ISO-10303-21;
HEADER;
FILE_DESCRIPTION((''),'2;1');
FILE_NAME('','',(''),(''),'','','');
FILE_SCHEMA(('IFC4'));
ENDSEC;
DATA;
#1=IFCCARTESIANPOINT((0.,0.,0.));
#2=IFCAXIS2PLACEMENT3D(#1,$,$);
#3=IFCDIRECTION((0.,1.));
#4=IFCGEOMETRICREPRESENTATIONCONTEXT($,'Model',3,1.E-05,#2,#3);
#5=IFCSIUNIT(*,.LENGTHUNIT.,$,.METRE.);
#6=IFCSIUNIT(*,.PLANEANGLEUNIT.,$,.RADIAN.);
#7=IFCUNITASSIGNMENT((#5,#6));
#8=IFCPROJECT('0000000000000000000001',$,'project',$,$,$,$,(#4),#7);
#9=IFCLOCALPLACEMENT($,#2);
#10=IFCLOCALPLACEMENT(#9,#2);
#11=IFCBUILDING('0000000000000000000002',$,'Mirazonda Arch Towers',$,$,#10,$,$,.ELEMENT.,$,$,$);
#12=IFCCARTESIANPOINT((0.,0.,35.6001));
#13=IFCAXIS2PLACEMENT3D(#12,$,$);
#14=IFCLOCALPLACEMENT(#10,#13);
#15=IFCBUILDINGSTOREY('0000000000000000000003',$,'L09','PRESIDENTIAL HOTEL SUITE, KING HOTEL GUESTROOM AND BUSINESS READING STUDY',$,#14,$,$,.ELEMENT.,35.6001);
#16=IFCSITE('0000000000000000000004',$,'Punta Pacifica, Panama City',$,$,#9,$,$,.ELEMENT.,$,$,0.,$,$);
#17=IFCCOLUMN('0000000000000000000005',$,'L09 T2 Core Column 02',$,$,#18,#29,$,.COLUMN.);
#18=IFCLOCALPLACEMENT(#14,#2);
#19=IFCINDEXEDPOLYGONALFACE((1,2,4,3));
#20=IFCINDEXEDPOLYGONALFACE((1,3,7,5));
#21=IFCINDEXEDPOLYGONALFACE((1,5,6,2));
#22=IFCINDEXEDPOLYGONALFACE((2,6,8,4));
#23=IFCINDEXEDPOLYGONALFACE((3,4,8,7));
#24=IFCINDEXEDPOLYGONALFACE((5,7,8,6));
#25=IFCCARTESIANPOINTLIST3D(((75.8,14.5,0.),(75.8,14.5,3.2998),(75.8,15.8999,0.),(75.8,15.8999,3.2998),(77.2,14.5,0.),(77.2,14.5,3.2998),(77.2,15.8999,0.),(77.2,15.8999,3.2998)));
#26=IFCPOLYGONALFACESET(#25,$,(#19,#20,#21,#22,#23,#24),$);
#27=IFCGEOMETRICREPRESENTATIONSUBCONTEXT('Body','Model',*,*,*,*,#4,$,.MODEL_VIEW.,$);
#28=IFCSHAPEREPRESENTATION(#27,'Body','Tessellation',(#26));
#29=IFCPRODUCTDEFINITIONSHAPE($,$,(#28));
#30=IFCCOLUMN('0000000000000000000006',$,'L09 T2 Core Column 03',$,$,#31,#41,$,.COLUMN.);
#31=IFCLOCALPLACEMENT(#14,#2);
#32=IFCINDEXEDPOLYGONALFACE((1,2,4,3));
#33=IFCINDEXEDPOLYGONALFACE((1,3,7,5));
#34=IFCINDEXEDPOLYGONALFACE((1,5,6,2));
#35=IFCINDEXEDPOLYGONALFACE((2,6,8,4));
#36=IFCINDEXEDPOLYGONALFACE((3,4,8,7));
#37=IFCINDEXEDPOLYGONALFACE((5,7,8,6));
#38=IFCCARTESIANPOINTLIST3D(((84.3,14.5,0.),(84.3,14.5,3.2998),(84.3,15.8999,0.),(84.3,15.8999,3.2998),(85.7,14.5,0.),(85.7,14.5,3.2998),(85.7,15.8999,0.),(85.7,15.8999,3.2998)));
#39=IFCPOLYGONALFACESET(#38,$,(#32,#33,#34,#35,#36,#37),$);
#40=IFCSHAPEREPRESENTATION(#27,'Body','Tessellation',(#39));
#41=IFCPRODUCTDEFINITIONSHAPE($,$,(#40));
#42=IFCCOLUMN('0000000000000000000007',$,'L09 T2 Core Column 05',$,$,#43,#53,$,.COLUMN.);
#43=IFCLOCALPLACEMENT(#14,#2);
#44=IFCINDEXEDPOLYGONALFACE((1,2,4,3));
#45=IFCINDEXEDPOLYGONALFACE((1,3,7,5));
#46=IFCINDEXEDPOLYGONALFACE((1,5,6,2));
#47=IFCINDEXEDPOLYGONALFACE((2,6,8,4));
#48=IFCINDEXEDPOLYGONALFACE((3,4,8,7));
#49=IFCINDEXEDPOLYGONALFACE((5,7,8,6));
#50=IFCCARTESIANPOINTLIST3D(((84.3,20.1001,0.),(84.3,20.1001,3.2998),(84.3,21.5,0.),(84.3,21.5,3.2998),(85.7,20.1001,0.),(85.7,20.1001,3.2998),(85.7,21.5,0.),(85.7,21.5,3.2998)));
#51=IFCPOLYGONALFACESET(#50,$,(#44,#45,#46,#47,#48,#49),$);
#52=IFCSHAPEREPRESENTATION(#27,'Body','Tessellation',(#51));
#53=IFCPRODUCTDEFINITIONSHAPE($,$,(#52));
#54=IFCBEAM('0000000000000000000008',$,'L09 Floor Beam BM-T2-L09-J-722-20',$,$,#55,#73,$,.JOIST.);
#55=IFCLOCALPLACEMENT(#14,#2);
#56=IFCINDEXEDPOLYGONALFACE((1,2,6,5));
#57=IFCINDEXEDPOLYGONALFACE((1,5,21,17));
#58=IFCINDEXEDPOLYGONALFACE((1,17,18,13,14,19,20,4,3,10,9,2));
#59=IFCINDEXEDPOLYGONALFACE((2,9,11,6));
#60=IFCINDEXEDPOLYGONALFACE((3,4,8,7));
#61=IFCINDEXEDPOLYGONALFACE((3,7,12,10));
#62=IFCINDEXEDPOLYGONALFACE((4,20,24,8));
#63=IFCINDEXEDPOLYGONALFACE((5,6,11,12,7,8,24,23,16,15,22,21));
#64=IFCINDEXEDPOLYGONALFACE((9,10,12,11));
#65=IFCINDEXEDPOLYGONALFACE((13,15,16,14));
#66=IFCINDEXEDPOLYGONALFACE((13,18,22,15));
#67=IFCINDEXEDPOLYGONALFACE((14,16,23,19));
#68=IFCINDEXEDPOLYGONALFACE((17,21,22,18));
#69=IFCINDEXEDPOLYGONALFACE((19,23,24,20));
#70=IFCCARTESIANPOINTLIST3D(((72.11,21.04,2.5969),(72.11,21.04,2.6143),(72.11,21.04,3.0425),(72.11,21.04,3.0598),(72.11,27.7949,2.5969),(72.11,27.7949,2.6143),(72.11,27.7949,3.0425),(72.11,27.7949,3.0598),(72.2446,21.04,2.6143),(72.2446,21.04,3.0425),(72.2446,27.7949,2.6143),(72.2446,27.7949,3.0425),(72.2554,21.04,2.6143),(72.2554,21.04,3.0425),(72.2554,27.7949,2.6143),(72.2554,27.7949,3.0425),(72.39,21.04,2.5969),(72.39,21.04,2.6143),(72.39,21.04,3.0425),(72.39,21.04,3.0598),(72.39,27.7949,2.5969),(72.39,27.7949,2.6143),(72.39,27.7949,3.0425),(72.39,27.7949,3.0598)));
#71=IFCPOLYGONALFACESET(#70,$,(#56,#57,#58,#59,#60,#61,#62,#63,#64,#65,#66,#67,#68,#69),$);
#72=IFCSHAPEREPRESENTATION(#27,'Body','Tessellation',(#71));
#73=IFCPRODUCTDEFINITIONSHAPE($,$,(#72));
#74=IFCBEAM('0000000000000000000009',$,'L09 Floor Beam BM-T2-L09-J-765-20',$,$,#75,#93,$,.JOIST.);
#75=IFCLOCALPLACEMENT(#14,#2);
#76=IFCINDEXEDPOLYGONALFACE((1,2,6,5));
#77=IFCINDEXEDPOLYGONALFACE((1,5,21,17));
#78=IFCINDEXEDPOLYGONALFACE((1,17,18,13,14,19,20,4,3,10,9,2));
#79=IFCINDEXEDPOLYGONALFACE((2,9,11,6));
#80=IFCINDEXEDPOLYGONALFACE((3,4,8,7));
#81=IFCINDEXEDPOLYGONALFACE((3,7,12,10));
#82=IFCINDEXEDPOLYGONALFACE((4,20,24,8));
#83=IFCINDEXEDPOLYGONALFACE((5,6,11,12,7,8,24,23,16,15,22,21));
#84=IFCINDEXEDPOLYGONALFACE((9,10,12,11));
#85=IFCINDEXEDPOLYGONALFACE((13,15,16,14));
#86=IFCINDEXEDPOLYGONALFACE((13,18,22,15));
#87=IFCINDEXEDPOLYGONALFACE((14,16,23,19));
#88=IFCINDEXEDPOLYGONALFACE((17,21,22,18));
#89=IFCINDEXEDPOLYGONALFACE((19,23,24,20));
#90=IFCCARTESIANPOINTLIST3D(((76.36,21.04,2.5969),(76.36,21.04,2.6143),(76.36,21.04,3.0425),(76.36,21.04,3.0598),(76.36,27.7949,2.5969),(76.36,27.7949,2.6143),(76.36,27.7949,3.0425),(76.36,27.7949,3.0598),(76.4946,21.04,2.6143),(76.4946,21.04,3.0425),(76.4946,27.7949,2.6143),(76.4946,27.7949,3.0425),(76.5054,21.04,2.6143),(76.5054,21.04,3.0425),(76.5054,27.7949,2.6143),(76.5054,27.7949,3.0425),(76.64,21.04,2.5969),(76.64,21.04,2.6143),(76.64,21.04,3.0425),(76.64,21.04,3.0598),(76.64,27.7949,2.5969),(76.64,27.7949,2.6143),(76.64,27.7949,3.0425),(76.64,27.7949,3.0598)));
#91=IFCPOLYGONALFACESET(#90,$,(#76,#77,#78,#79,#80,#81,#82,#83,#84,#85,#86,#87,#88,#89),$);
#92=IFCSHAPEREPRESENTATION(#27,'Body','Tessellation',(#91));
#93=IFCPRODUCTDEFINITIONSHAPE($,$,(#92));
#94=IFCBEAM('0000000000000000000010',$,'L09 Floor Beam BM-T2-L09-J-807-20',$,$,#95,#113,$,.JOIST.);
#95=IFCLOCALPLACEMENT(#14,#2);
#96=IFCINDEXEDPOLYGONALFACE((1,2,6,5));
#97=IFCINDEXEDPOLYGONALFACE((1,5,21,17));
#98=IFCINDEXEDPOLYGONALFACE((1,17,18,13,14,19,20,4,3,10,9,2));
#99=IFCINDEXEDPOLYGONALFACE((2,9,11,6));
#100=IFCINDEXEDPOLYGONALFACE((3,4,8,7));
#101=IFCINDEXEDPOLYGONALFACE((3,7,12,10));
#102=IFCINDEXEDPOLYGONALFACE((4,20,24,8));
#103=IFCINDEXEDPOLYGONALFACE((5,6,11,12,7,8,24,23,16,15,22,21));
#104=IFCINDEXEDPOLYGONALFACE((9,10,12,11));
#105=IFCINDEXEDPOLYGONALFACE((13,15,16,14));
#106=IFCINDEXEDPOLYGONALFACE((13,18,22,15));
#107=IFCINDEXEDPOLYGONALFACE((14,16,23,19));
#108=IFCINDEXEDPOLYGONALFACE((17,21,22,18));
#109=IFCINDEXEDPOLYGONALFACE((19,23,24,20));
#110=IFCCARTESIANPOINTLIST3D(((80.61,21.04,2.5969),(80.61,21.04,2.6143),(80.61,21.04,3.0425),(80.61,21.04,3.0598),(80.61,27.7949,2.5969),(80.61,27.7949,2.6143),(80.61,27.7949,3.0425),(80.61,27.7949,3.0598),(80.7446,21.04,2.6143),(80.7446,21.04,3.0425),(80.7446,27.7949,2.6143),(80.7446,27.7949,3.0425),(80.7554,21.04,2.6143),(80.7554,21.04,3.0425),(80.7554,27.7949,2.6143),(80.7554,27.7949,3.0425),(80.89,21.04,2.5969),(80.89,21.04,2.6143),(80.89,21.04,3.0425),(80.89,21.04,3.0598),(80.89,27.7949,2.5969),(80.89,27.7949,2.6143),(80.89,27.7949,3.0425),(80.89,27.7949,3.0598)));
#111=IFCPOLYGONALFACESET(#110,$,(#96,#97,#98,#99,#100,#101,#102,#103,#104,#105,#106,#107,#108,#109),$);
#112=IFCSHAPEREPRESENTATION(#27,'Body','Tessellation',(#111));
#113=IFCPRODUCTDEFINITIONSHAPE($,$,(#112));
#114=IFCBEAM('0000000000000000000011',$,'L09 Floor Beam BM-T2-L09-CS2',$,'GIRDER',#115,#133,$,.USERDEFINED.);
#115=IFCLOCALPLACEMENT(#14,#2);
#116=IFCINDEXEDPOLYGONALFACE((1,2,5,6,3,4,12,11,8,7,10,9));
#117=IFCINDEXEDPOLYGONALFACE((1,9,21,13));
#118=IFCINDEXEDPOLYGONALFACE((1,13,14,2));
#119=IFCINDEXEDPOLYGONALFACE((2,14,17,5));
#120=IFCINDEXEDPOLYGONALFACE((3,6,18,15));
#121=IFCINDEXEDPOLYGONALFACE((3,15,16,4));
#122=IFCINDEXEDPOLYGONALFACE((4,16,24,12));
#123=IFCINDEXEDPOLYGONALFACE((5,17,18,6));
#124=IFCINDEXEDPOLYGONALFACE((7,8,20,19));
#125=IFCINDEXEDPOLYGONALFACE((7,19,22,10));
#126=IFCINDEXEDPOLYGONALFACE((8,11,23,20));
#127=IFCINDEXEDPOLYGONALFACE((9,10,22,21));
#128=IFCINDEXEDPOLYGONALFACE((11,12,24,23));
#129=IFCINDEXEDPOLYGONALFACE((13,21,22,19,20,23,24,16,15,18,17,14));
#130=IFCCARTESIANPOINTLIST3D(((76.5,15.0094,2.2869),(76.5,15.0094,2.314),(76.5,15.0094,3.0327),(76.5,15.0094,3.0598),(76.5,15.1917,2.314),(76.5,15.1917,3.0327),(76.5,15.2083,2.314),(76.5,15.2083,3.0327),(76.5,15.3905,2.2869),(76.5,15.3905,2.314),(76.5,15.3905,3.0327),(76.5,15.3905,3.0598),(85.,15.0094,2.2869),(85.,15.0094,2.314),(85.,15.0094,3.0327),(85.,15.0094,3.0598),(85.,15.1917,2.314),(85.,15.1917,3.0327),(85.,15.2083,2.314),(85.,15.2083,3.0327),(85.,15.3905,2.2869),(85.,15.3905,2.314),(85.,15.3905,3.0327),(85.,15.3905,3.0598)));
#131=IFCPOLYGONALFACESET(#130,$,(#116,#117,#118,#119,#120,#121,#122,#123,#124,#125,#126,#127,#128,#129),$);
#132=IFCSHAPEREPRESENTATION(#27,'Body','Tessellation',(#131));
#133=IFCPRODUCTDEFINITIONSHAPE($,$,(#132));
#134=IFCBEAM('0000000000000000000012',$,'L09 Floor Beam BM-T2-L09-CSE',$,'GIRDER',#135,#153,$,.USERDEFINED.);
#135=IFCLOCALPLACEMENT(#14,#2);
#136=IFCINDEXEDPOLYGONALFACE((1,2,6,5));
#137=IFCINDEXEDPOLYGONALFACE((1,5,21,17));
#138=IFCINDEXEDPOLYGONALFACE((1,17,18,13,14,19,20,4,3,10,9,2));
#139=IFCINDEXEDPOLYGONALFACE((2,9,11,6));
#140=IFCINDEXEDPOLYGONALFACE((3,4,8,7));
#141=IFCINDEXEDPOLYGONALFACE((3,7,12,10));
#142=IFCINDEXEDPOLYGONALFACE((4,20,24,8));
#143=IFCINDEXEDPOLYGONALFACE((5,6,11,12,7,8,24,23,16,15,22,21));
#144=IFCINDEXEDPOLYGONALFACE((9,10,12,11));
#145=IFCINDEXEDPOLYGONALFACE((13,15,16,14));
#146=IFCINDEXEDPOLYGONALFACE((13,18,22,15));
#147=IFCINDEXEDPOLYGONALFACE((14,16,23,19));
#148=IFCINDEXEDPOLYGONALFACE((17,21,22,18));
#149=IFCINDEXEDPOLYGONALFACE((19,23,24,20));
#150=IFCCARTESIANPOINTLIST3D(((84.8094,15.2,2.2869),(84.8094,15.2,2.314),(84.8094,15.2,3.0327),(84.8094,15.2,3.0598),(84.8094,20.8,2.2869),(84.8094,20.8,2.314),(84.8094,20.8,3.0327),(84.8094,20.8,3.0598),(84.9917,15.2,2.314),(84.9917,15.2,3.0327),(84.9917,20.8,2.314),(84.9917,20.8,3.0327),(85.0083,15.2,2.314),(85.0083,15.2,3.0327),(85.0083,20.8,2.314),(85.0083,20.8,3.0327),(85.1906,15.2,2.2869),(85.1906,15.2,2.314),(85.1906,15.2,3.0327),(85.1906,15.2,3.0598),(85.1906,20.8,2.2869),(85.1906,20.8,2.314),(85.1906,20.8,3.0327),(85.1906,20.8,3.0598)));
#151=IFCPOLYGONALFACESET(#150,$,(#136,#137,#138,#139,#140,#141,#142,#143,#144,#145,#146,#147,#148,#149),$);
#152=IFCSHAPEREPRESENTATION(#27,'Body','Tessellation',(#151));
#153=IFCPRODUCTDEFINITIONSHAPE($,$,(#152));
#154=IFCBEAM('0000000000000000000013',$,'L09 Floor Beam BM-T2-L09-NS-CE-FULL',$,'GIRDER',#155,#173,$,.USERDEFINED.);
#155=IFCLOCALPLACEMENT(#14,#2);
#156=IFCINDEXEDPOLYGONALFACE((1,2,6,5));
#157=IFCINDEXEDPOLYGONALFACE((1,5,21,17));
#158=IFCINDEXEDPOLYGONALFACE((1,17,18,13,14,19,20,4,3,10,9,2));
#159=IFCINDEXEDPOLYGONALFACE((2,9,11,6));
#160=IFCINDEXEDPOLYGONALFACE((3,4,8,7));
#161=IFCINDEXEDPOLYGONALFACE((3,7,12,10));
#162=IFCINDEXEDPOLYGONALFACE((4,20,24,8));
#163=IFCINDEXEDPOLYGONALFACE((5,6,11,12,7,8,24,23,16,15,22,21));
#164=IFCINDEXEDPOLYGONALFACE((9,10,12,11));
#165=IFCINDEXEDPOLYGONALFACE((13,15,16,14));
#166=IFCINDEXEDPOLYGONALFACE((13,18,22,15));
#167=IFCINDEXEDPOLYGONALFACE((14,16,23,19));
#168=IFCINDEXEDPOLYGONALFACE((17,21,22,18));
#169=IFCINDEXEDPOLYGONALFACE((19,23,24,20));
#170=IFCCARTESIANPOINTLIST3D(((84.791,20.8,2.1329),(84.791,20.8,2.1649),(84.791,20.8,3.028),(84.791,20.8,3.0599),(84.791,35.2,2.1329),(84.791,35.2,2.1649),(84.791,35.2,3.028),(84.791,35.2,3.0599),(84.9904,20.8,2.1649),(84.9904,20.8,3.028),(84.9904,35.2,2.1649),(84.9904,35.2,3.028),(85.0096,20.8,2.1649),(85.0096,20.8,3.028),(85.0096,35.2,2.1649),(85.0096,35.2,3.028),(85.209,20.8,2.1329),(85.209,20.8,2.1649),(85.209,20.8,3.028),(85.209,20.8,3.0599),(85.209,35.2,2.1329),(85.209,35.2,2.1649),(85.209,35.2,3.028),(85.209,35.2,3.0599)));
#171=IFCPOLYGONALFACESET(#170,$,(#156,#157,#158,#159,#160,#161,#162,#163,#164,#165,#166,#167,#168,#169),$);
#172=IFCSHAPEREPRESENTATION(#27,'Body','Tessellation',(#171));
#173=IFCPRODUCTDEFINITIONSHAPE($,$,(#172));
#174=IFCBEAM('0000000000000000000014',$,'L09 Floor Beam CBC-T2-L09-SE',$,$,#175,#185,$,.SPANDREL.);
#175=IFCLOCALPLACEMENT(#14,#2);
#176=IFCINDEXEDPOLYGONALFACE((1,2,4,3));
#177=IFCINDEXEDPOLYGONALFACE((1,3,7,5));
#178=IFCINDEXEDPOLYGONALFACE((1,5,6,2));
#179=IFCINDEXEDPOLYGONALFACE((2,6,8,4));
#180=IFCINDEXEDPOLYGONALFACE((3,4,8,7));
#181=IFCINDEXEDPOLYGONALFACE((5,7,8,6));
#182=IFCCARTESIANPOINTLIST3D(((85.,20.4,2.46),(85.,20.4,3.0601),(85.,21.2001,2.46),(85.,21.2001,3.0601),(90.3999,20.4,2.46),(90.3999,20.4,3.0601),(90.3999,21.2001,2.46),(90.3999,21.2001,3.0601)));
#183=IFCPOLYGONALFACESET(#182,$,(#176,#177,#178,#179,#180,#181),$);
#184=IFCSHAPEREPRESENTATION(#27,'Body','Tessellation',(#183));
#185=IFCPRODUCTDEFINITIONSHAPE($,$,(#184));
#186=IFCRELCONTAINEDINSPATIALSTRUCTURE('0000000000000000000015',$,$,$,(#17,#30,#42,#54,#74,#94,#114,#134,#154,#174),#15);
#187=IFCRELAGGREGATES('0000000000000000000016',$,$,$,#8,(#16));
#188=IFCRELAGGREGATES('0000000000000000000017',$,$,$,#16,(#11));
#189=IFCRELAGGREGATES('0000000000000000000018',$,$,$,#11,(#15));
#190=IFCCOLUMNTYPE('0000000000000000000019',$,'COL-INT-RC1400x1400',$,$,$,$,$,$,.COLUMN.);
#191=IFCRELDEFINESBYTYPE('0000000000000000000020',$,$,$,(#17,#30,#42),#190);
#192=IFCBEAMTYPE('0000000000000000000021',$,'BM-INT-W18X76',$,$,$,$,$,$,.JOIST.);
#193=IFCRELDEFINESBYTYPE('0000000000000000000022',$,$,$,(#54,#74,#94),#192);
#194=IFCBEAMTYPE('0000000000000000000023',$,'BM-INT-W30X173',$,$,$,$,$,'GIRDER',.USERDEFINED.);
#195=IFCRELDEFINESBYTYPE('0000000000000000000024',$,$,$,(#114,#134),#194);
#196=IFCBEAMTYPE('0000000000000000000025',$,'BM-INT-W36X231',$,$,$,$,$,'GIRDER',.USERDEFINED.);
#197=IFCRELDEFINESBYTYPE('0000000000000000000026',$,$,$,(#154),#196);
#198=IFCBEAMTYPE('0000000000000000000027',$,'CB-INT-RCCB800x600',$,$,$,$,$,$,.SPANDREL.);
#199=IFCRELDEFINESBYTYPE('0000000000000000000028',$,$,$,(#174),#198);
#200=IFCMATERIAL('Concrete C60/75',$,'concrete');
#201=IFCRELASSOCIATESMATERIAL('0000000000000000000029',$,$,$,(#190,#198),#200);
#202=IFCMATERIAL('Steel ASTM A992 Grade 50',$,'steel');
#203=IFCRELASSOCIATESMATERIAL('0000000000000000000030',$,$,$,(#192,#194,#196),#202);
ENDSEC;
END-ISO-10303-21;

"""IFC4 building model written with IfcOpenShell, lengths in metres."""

from ifc_helpers import new_model, si_unit, direction, frame, origin, origin_2d, place, context, subcontext, project, spatial, rectangle, i_section, extrude, material, material_profile, profile_set, type_object, element, save


model = new_model("IFC4")

# Units and contexts
model_context = context("Model", 3, precision=1e-05, world=origin(), true_north=direction((0.0, 1.0)))
body_context = subcontext(model_context, "Body", "Model", "MODEL_VIEW")
ifc_project = project(units=[si_unit("LENGTHUNIT", "METRE"), si_unit("PLANEANGLEUNIT", "RADIAN")], contexts=[model_context])

# Site, building, storey
site_placement = place(None, origin())
site = spatial("IfcSite", under=ifc_project, at=site_placement, Name="Punta Pacifica, Panama City", CompositionType="ELEMENT", RefElevation=0.0)
building_placement = place(site_placement, origin())
building = spatial("IfcBuilding", under=site, at=building_placement, Name="Mirazonda Arch Towers", CompositionType="ELEMENT")
storey_placement = place(building_placement, frame((0.0, 0.0, 35.6001)))
storey = spatial("IfcBuildingStorey", under=building, at=storey_placement, Name="L09", Description="PRESIDENTIAL HOTEL SUITE, KING HOTEL GUESTROOM AND BUSINESS READING STUDY", CompositionType="ELEMENT", Elevation=35.6001)

# Columns
ifc_material_1 = material(Name="Concrete C60/75", Category="concrete")
ifc_material_profile_1 = material_profile(ifc_material_1, rectangle(XDim=1.3999, YDim=1.3999, at=origin_2d()), Name="RC1400x1400")
ifc_profile_set_1 = profile_set([ifc_material_profile_1], Name="Concrete C60/75")
column_type = type_object("IfcColumnType", Name="COL-INT-RC1400x1400", PredefinedType="COLUMN", material=ifc_profile_set_1)
for number, where, z_axis, x_axis, name in (
    (1, (76.5, 15.2, 0.0), (0.0, 0.0, 1.0), (1.0, 0.0, 0.0), "L09 T2 Core Column 02"),
    (2, (85.0, 15.2, 0.0), (0.0, 0.0, 1.0), (1.0, 0.0, 0.0), "L09 T2 Core Column 03"),
    (3, (85.0, 20.8, 0.0), (0.0, 0.0, 1.0), (1.0, 0.0, 0.0), "L09 T2 Core Column 05"),
):
    element("IfcColumn", number, at=place(storey_placement, frame(where, z_axis=z_axis, x_axis=x_axis)), inside=storey, type_object=column_type, Name=name, PredefinedType="COLUMN", context=body_context, shape_type="SweptSolid", body=[
        extrude(rectangle(XDim=1.3999, YDim=1.3999, at=origin_2d()), origin(), (0.0, 0.0, 1.0), 3.2998),
    ])

# Beams
ifc_material_2 = material(Name="Steel ASTM A992 Grade 50", Category="steel")
ifc_material_profile_2 = material_profile(ifc_material_2, i_section(OverallWidth=0.28, OverallDepth=0.4629, WebThickness=0.0107, FlangeThickness=0.0173, at=origin_2d()), Name="W18X76")
ifc_profile_set_2 = profile_set([ifc_material_profile_2], Name="Steel ASTM A992 Grade 50")
beam_type_1 = type_object("IfcBeamType", Name="BM-INT-W18X76", PredefinedType="JOIST", material=ifc_profile_set_2)
for number, where, z_axis, x_axis, name in (
    (4, (72.25, 21.04, 2.8284), (0.0, 1.0, 0.0), (-1.0, 0.0, 0.0), "L09 Floor Beam BM-T2-L09-J-722-20"),
    (5, (76.5, 21.04, 2.8284), (0.0, 1.0, 0.0), (-1.0, 0.0, 0.0), "L09 Floor Beam BM-T2-L09-J-765-20"),
    (6, (80.75, 21.04, 2.8284), (0.0, 1.0, 0.0), (-1.0, 0.0, 0.0), "L09 Floor Beam BM-T2-L09-J-807-20"),
):
    element("IfcBeam", number, at=place(storey_placement, frame(where, z_axis=z_axis, x_axis=x_axis)), inside=storey, type_object=beam_type_1, Name=name, PredefinedType="JOIST", context=body_context, shape_type="SweptSolid", body=[
        extrude(i_section(OverallWidth=0.28, OverallDepth=0.4629, WebThickness=0.0107, FlangeThickness=0.0173, at=origin_2d()), origin(), (0.0, 0.0, 1.0), 6.7549),
    ])
ifc_material_profile_3 = material_profile(ifc_material_2, i_section(OverallWidth=0.3811, OverallDepth=0.7729, WebThickness=0.0166, FlangeThickness=0.0271, at=origin_2d()), Name="W30X173")
ifc_profile_set_3 = profile_set([ifc_material_profile_3], Name="Steel ASTM A992 Grade 50")
beam_type_2 = type_object("IfcBeamType", Name="BM-INT-W30X173", ElementType="GIRDER", PredefinedType="USERDEFINED", material=ifc_profile_set_3)
beam_1_placement = place(storey_placement, frame((76.5, 15.2, 2.6733), z_axis=(1.0, 0.0, 0.0), x_axis=(0.0, 1.0, 0.0)))
element("IfcBeam", 7, at=beam_1_placement, inside=storey, type_object=beam_type_2, Name="L09 Floor Beam BM-T2-L09-CS2", ObjectType="GIRDER", PredefinedType="USERDEFINED", context=body_context, shape_type="SweptSolid", body=[
    extrude(i_section(OverallWidth=0.3811, OverallDepth=0.7729, WebThickness=0.0166, FlangeThickness=0.0271, at=origin_2d()), origin(), (0.0, 0.0, 1.0), 8.5),
])
beam_2_placement = place(storey_placement, frame((85.0, 15.2, 2.6733), z_axis=(0.0, 1.0, 0.0), x_axis=(-1.0, 0.0, 0.0)))
element("IfcBeam", 8, at=beam_2_placement, inside=storey, type_object=beam_type_2, Name="L09 Floor Beam BM-T2-L09-CSE", ObjectType="GIRDER", PredefinedType="USERDEFINED", context=body_context, shape_type="SweptSolid", body=[
    extrude(i_section(OverallWidth=0.3811, OverallDepth=0.7729, WebThickness=0.0166, FlangeThickness=0.0271, at=origin_2d()), origin(), (0.0, 0.0, 1.0), 5.6001),
])
ifc_material_profile_4 = material_profile(ifc_material_2, i_section(OverallWidth=0.418, OverallDepth=0.927, WebThickness=0.0193, FlangeThickness=0.032, at=origin_2d()), Name="W36X231")
ifc_profile_set_4 = profile_set([ifc_material_profile_4], Name="Steel ASTM A992 Grade 50")
beam_type_3 = type_object("IfcBeamType", Name="BM-INT-W36X231", ElementType="GIRDER", PredefinedType="USERDEFINED", material=ifc_profile_set_4)
beam_3_placement = place(storey_placement, frame((85.0, 20.8, 2.5964), z_axis=(0.0, 1.0, 0.0), x_axis=(-1.0, 0.0, 0.0)))
element("IfcBeam", 9, at=beam_3_placement, inside=storey, type_object=beam_type_3, Name="L09 Floor Beam BM-T2-L09-NS-CE-FULL", ObjectType="GIRDER", PredefinedType="USERDEFINED", context=body_context, shape_type="SweptSolid", body=[
    extrude(i_section(OverallWidth=0.418, OverallDepth=0.927, WebThickness=0.0193, FlangeThickness=0.032, at=origin_2d()), origin(), (0.0, 0.0, 1.0), 14.3999),
])
ifc_material_profile_5 = material_profile(ifc_material_1, rectangle(XDim=0.8, YDim=0.6001, at=origin_2d()), Name="RCCB800x600")
ifc_profile_set_5 = profile_set([ifc_material_profile_5], Name="Concrete C60/75")
beam_type_4 = type_object("IfcBeamType", Name="CB-INT-RCCB800x600", PredefinedType="SPANDREL", material=ifc_profile_set_5)
beam_4_placement = place(storey_placement, frame((85.0, 20.8, 2.76), z_axis=(1.0, 0.0, 0.0), x_axis=(0.0, 1.0, 0.0)))
element("IfcBeam", 10, at=beam_4_placement, inside=storey, type_object=beam_type_4, Name="L09 Floor Beam CBC-T2-L09-SE", PredefinedType="SPANDREL", context=body_context, shape_type="SweptSolid", body=[
    extrude(rectangle(XDim=0.8, YDim=0.6001, at=origin_2d()), origin(), (0.0, 0.0, 1.0), 5.3999),
])

save(model, "model.ifc")
